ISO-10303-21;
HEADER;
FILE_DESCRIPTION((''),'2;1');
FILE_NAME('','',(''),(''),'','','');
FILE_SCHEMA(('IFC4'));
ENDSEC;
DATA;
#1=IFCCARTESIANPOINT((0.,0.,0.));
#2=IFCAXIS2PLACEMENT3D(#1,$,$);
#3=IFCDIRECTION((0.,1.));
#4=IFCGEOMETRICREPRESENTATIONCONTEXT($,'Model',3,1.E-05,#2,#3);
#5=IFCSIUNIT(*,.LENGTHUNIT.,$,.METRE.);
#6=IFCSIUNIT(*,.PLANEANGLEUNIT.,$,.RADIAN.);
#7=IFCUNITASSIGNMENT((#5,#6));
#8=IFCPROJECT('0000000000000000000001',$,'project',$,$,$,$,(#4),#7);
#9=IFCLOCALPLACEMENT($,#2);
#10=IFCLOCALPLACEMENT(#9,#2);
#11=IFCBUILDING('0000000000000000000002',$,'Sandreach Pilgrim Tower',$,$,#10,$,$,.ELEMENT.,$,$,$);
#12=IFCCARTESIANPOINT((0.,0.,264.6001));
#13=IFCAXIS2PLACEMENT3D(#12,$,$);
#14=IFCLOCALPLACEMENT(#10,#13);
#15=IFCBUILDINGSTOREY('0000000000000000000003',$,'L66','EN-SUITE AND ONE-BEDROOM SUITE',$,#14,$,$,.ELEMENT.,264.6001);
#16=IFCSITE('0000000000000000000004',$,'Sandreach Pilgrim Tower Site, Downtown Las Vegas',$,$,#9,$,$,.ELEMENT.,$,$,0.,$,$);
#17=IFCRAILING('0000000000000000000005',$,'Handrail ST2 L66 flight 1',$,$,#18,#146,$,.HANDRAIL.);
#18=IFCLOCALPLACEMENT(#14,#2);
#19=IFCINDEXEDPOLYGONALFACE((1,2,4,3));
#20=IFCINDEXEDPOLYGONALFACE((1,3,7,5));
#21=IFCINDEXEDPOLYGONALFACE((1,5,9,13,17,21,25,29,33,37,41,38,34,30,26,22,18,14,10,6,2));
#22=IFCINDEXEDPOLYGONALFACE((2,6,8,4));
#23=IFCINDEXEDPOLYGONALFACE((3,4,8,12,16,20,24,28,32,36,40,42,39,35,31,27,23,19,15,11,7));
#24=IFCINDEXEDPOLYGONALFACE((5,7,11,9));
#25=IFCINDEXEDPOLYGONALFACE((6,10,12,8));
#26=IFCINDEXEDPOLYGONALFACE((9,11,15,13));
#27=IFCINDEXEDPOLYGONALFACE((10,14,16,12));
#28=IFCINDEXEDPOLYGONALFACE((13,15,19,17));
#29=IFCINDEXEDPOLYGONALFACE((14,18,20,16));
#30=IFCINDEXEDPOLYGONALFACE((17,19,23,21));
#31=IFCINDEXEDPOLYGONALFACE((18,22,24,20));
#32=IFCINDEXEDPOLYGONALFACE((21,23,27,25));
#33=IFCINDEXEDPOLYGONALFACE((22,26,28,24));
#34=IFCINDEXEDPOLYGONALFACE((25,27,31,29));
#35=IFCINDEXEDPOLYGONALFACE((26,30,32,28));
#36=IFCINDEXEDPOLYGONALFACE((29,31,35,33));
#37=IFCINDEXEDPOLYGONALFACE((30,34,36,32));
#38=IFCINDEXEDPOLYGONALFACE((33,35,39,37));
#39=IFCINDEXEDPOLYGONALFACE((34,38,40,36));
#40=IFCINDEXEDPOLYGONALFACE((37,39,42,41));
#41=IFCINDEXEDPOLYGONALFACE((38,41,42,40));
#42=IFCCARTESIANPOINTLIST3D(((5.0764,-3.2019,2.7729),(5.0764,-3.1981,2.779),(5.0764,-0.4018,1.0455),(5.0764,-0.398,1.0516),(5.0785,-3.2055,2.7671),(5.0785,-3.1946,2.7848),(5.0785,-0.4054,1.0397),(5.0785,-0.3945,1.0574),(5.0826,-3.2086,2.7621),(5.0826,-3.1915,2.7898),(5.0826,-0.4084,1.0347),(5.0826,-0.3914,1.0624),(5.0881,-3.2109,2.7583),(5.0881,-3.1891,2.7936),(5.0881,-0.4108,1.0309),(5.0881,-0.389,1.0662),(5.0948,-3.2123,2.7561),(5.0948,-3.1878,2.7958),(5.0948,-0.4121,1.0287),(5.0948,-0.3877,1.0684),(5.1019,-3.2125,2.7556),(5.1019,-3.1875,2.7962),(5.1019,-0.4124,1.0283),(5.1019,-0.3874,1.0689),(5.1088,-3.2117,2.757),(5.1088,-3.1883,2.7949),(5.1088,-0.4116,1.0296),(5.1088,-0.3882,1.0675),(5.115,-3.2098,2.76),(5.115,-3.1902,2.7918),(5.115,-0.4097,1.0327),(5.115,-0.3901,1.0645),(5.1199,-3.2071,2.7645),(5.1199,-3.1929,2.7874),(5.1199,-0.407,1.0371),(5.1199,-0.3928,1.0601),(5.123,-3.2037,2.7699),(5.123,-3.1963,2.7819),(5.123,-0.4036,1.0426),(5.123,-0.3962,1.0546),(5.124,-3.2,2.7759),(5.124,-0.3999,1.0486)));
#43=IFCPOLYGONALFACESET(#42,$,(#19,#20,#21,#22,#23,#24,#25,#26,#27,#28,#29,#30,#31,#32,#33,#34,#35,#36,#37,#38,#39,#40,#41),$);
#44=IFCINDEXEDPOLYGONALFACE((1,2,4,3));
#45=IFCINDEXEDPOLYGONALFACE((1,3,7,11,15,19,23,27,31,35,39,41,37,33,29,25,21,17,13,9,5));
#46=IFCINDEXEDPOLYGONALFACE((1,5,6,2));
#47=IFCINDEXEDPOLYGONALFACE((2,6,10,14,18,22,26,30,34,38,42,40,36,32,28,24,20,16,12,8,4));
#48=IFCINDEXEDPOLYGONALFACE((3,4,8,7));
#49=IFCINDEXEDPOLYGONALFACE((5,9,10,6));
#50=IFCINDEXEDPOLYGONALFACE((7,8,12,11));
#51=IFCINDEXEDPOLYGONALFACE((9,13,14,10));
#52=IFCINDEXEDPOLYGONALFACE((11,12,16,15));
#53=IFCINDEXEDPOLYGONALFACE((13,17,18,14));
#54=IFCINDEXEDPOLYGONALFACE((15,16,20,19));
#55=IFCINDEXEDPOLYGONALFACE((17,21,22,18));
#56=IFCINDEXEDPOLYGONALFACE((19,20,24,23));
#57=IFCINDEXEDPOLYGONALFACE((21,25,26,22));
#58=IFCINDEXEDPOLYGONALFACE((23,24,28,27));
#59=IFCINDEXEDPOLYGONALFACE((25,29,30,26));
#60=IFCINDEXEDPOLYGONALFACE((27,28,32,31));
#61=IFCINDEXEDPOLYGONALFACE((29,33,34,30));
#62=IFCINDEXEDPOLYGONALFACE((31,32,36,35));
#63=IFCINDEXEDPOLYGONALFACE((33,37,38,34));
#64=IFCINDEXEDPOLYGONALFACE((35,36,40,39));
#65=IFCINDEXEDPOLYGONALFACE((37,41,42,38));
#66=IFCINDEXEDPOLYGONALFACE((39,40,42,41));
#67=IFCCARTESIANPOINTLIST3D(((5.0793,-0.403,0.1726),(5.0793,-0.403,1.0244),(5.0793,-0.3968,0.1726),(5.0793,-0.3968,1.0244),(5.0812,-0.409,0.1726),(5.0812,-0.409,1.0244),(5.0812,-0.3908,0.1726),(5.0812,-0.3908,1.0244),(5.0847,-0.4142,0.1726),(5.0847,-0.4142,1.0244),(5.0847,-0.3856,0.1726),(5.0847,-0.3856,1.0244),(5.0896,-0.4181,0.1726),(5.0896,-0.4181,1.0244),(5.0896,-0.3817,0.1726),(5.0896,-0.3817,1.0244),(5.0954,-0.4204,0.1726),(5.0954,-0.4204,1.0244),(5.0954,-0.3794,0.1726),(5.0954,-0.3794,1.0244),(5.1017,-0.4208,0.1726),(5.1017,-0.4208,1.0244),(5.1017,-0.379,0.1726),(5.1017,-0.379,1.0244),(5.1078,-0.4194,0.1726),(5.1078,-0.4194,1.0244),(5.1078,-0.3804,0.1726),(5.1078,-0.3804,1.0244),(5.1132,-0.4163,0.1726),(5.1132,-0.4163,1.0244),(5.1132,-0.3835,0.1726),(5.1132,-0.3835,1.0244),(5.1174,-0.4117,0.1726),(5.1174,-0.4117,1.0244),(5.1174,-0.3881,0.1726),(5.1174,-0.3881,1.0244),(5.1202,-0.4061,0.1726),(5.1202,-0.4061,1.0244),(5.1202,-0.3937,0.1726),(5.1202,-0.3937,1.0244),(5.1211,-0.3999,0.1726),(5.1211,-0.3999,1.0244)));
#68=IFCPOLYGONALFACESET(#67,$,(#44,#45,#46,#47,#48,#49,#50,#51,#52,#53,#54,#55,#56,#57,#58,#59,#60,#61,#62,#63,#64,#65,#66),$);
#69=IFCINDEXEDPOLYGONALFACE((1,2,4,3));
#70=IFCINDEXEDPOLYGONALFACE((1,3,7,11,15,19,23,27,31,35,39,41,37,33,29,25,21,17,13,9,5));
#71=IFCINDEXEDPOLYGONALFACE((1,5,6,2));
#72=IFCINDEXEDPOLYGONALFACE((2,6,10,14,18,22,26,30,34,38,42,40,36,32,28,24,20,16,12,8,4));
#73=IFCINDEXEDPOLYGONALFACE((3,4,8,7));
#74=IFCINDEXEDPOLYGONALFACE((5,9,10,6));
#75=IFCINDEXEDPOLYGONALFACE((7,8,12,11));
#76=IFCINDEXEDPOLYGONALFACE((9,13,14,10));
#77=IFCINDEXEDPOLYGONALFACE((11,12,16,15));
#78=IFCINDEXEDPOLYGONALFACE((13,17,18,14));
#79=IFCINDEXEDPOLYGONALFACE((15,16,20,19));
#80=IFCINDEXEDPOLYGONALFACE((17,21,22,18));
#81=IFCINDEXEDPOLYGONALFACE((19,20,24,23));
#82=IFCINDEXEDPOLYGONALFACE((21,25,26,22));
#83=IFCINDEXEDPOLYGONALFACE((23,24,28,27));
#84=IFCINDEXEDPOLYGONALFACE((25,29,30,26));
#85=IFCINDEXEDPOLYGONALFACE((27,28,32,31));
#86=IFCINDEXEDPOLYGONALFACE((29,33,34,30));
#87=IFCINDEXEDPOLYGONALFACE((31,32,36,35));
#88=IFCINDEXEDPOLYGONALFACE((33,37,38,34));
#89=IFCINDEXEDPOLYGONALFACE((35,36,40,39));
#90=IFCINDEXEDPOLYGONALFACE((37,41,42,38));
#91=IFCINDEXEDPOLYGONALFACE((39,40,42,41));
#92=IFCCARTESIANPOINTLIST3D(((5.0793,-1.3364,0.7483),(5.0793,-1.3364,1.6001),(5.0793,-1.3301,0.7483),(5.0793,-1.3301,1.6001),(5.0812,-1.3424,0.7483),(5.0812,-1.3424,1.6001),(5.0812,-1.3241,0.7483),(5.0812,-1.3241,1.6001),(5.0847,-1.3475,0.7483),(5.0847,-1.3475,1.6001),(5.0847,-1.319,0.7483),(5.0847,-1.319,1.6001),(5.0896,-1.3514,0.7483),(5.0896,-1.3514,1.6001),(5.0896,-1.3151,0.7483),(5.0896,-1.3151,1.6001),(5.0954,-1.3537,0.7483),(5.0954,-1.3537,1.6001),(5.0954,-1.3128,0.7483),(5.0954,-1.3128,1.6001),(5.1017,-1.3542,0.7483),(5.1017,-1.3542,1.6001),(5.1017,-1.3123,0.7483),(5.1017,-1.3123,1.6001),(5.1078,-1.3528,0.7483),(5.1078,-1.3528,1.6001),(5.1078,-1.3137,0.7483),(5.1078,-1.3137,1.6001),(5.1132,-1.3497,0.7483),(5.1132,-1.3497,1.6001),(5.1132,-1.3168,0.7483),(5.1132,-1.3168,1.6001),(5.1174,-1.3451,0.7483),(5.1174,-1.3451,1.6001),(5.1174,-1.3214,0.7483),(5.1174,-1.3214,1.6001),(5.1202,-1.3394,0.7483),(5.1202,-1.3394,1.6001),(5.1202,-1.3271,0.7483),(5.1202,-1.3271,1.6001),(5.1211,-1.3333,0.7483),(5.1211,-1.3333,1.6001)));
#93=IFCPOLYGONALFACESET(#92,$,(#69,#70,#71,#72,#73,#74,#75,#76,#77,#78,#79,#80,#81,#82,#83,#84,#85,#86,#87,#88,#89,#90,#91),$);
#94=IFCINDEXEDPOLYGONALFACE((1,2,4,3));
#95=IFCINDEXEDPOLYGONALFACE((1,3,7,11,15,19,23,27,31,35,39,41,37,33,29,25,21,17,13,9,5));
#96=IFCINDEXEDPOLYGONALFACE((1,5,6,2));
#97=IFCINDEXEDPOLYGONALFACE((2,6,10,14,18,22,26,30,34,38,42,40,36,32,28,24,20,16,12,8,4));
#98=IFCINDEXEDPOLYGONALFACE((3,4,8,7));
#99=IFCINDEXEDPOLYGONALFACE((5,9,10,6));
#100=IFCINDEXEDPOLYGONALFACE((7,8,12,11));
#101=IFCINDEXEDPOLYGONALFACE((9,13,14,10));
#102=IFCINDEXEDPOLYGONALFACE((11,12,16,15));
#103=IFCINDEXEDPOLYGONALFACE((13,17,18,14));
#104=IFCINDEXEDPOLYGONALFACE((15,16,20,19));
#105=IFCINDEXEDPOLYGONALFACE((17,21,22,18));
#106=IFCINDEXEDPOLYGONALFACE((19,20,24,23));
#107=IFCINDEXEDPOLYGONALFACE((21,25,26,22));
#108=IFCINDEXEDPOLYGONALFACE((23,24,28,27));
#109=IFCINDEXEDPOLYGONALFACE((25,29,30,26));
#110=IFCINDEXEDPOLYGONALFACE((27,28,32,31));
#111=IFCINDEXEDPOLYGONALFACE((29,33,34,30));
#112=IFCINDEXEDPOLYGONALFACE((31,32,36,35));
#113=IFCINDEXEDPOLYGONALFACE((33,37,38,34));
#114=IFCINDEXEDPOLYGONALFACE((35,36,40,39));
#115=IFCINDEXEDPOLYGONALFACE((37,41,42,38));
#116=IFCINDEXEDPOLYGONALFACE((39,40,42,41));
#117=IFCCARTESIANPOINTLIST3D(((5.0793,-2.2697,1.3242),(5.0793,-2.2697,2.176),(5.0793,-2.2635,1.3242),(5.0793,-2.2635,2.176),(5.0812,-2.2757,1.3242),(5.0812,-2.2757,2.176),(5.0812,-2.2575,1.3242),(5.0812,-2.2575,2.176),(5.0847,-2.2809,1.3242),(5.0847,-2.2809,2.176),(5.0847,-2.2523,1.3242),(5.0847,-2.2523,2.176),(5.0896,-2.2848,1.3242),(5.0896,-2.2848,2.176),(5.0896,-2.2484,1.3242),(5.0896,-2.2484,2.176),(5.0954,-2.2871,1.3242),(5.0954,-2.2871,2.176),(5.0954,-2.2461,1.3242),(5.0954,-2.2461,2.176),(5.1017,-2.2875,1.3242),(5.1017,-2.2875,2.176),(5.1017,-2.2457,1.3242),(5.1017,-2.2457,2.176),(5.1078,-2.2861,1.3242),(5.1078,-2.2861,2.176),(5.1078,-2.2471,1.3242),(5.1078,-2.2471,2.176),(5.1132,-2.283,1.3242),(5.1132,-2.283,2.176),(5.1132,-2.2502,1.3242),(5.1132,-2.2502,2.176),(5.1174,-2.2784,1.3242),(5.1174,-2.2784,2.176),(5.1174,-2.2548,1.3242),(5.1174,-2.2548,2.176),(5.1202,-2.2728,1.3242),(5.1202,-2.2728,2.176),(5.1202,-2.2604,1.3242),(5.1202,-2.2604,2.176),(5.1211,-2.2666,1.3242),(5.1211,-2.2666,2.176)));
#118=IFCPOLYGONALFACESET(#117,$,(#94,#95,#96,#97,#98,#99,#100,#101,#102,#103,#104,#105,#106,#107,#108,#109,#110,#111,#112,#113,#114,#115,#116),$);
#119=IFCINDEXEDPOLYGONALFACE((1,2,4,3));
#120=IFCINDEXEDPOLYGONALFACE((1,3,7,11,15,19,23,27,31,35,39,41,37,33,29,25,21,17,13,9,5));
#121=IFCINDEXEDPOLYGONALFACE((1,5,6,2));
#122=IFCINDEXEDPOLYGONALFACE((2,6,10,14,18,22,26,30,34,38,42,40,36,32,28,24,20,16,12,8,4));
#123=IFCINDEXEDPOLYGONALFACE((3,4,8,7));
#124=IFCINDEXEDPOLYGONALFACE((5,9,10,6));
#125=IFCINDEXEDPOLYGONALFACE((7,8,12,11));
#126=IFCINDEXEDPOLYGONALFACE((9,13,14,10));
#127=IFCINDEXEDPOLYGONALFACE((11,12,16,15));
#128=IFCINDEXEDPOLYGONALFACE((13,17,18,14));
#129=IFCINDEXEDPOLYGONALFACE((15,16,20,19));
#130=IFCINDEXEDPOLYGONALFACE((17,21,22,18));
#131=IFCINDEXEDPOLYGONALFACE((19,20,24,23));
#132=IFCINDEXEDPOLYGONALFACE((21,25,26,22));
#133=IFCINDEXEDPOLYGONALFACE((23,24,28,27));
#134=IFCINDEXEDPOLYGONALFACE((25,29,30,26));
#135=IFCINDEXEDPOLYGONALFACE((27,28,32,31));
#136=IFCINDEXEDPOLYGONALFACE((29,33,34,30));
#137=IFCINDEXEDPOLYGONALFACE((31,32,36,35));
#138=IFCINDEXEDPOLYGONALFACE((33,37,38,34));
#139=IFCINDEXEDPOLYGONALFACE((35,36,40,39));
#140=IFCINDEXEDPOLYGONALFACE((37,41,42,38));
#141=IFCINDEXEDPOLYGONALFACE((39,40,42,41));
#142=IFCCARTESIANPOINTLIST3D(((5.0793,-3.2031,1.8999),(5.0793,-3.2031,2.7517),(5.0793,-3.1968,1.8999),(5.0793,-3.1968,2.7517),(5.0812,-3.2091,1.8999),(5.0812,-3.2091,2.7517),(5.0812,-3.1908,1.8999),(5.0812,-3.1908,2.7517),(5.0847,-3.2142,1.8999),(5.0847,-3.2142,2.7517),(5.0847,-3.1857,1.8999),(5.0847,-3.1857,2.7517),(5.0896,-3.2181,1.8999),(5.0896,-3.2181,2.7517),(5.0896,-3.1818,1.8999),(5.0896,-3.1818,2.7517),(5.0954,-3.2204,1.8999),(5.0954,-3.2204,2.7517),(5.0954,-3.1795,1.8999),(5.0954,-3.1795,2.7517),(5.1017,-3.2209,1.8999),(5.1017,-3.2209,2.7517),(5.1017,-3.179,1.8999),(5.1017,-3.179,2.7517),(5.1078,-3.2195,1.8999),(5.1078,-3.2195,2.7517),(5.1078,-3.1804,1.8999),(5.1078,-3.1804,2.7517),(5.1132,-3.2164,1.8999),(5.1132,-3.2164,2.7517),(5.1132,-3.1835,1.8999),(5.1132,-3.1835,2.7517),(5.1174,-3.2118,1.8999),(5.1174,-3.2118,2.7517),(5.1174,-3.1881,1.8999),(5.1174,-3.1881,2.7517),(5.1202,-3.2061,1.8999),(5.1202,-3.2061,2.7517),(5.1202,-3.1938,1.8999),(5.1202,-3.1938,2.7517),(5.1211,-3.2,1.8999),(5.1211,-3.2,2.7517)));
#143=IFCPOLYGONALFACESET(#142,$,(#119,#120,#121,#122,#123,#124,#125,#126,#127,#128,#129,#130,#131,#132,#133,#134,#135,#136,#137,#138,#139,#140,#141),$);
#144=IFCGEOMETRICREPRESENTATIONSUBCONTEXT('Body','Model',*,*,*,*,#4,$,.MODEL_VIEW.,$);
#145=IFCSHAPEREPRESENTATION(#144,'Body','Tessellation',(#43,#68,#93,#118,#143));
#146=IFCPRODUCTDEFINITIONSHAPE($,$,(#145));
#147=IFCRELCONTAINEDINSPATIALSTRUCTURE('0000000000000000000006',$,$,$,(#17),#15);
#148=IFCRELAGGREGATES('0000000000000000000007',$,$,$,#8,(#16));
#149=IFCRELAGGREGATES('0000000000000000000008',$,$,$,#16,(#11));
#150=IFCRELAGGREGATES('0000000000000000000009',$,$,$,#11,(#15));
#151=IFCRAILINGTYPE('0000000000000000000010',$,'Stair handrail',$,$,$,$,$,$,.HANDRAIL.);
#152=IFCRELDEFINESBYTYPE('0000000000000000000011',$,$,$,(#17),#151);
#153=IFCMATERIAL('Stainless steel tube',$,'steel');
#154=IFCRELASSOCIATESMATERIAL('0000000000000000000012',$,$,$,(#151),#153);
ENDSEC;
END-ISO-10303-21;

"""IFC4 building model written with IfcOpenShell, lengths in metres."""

from ifc_helpers import new_model, si_unit, direction, frame, origin, origin_2d, place, context, subcontext, project, spatial, circle, extrude, material, type_object, element, save


model = new_model("IFC4")

# Units and contexts
model_context = context("Model", 3, precision=1e-05, world=origin(), true_north=direction((0.0, 1.0)))
body_context = subcontext(model_context, "Body", "Model", "MODEL_VIEW")
ifc_project = project(units=[si_unit("LENGTHUNIT", "METRE"), si_unit("PLANEANGLEUNIT", "RADIAN")], contexts=[model_context])

# Site, building, storey
site_placement = place(None, origin())
site = spatial("IfcSite", under=ifc_project, at=site_placement, Name="Sandreach Pilgrim Tower Site, Downtown Las Vegas", CompositionType="ELEMENT", RefElevation=0.0)
building_placement = place(site_placement, origin())
building = spatial("IfcBuilding", under=site, at=building_placement, Name="Sandreach Pilgrim Tower", CompositionType="ELEMENT")
storey_placement = place(building_placement, frame((0.0, 0.0, 264.6001)))
storey = spatial("IfcBuildingStorey", under=building, at=storey_placement, Name="L66", Description="EN-SUITE AND ONE-BEDROOM SUITE", CompositionType="ELEMENT", Elevation=264.6001)

# Railing
ifc_material_1 = material(Name="Stainless steel tube", Category="steel")
railing_type = type_object("IfcRailingType", Name="Stair handrail", PredefinedType="HANDRAIL", material=ifc_material_1)
for number, where, name in (
    (1, (5.1001, -0.3999, 0.1726), "Handrail ST2 L66 flight 1"),
):
    element("IfcRailing", number, at=place(storey_placement, frame(where)), inside=storey, type_object=railing_type, Name=name, PredefinedType="HANDRAIL", context=body_context, shape_type="SweptSolid", body=[
        extrude(circle(Radius=0.0239, at=origin_2d()), frame((0.0, 0.0, 0.876), z_axis=(0.0, -0.85109, 0.52502), x_axis=(1.0, 0.0, 0.0)), (0.0, 0.0, 1.0), 3.29),
        extrude(circle(Radius=0.021, at=origin_2d()), origin(), (0.0, 0.0, 1.0), 0.8518),
        extrude(circle(Radius=0.021, at=origin_2d()), frame((0.0, -0.9333, 0.5757)), (0.0, 0.0, 1.0), 0.8518),
        extrude(circle(Radius=0.021, at=origin_2d()), frame((0.0, -1.8667, 1.1516)), (0.0, 0.0, 1.0), 0.8518),
        extrude(circle(Radius=0.021, at=origin_2d()), frame((0.0, -2.8, 1.7273)), (0.0, 0.0, 1.0), 0.8518),
    ])

save(model, "model.ifc")
